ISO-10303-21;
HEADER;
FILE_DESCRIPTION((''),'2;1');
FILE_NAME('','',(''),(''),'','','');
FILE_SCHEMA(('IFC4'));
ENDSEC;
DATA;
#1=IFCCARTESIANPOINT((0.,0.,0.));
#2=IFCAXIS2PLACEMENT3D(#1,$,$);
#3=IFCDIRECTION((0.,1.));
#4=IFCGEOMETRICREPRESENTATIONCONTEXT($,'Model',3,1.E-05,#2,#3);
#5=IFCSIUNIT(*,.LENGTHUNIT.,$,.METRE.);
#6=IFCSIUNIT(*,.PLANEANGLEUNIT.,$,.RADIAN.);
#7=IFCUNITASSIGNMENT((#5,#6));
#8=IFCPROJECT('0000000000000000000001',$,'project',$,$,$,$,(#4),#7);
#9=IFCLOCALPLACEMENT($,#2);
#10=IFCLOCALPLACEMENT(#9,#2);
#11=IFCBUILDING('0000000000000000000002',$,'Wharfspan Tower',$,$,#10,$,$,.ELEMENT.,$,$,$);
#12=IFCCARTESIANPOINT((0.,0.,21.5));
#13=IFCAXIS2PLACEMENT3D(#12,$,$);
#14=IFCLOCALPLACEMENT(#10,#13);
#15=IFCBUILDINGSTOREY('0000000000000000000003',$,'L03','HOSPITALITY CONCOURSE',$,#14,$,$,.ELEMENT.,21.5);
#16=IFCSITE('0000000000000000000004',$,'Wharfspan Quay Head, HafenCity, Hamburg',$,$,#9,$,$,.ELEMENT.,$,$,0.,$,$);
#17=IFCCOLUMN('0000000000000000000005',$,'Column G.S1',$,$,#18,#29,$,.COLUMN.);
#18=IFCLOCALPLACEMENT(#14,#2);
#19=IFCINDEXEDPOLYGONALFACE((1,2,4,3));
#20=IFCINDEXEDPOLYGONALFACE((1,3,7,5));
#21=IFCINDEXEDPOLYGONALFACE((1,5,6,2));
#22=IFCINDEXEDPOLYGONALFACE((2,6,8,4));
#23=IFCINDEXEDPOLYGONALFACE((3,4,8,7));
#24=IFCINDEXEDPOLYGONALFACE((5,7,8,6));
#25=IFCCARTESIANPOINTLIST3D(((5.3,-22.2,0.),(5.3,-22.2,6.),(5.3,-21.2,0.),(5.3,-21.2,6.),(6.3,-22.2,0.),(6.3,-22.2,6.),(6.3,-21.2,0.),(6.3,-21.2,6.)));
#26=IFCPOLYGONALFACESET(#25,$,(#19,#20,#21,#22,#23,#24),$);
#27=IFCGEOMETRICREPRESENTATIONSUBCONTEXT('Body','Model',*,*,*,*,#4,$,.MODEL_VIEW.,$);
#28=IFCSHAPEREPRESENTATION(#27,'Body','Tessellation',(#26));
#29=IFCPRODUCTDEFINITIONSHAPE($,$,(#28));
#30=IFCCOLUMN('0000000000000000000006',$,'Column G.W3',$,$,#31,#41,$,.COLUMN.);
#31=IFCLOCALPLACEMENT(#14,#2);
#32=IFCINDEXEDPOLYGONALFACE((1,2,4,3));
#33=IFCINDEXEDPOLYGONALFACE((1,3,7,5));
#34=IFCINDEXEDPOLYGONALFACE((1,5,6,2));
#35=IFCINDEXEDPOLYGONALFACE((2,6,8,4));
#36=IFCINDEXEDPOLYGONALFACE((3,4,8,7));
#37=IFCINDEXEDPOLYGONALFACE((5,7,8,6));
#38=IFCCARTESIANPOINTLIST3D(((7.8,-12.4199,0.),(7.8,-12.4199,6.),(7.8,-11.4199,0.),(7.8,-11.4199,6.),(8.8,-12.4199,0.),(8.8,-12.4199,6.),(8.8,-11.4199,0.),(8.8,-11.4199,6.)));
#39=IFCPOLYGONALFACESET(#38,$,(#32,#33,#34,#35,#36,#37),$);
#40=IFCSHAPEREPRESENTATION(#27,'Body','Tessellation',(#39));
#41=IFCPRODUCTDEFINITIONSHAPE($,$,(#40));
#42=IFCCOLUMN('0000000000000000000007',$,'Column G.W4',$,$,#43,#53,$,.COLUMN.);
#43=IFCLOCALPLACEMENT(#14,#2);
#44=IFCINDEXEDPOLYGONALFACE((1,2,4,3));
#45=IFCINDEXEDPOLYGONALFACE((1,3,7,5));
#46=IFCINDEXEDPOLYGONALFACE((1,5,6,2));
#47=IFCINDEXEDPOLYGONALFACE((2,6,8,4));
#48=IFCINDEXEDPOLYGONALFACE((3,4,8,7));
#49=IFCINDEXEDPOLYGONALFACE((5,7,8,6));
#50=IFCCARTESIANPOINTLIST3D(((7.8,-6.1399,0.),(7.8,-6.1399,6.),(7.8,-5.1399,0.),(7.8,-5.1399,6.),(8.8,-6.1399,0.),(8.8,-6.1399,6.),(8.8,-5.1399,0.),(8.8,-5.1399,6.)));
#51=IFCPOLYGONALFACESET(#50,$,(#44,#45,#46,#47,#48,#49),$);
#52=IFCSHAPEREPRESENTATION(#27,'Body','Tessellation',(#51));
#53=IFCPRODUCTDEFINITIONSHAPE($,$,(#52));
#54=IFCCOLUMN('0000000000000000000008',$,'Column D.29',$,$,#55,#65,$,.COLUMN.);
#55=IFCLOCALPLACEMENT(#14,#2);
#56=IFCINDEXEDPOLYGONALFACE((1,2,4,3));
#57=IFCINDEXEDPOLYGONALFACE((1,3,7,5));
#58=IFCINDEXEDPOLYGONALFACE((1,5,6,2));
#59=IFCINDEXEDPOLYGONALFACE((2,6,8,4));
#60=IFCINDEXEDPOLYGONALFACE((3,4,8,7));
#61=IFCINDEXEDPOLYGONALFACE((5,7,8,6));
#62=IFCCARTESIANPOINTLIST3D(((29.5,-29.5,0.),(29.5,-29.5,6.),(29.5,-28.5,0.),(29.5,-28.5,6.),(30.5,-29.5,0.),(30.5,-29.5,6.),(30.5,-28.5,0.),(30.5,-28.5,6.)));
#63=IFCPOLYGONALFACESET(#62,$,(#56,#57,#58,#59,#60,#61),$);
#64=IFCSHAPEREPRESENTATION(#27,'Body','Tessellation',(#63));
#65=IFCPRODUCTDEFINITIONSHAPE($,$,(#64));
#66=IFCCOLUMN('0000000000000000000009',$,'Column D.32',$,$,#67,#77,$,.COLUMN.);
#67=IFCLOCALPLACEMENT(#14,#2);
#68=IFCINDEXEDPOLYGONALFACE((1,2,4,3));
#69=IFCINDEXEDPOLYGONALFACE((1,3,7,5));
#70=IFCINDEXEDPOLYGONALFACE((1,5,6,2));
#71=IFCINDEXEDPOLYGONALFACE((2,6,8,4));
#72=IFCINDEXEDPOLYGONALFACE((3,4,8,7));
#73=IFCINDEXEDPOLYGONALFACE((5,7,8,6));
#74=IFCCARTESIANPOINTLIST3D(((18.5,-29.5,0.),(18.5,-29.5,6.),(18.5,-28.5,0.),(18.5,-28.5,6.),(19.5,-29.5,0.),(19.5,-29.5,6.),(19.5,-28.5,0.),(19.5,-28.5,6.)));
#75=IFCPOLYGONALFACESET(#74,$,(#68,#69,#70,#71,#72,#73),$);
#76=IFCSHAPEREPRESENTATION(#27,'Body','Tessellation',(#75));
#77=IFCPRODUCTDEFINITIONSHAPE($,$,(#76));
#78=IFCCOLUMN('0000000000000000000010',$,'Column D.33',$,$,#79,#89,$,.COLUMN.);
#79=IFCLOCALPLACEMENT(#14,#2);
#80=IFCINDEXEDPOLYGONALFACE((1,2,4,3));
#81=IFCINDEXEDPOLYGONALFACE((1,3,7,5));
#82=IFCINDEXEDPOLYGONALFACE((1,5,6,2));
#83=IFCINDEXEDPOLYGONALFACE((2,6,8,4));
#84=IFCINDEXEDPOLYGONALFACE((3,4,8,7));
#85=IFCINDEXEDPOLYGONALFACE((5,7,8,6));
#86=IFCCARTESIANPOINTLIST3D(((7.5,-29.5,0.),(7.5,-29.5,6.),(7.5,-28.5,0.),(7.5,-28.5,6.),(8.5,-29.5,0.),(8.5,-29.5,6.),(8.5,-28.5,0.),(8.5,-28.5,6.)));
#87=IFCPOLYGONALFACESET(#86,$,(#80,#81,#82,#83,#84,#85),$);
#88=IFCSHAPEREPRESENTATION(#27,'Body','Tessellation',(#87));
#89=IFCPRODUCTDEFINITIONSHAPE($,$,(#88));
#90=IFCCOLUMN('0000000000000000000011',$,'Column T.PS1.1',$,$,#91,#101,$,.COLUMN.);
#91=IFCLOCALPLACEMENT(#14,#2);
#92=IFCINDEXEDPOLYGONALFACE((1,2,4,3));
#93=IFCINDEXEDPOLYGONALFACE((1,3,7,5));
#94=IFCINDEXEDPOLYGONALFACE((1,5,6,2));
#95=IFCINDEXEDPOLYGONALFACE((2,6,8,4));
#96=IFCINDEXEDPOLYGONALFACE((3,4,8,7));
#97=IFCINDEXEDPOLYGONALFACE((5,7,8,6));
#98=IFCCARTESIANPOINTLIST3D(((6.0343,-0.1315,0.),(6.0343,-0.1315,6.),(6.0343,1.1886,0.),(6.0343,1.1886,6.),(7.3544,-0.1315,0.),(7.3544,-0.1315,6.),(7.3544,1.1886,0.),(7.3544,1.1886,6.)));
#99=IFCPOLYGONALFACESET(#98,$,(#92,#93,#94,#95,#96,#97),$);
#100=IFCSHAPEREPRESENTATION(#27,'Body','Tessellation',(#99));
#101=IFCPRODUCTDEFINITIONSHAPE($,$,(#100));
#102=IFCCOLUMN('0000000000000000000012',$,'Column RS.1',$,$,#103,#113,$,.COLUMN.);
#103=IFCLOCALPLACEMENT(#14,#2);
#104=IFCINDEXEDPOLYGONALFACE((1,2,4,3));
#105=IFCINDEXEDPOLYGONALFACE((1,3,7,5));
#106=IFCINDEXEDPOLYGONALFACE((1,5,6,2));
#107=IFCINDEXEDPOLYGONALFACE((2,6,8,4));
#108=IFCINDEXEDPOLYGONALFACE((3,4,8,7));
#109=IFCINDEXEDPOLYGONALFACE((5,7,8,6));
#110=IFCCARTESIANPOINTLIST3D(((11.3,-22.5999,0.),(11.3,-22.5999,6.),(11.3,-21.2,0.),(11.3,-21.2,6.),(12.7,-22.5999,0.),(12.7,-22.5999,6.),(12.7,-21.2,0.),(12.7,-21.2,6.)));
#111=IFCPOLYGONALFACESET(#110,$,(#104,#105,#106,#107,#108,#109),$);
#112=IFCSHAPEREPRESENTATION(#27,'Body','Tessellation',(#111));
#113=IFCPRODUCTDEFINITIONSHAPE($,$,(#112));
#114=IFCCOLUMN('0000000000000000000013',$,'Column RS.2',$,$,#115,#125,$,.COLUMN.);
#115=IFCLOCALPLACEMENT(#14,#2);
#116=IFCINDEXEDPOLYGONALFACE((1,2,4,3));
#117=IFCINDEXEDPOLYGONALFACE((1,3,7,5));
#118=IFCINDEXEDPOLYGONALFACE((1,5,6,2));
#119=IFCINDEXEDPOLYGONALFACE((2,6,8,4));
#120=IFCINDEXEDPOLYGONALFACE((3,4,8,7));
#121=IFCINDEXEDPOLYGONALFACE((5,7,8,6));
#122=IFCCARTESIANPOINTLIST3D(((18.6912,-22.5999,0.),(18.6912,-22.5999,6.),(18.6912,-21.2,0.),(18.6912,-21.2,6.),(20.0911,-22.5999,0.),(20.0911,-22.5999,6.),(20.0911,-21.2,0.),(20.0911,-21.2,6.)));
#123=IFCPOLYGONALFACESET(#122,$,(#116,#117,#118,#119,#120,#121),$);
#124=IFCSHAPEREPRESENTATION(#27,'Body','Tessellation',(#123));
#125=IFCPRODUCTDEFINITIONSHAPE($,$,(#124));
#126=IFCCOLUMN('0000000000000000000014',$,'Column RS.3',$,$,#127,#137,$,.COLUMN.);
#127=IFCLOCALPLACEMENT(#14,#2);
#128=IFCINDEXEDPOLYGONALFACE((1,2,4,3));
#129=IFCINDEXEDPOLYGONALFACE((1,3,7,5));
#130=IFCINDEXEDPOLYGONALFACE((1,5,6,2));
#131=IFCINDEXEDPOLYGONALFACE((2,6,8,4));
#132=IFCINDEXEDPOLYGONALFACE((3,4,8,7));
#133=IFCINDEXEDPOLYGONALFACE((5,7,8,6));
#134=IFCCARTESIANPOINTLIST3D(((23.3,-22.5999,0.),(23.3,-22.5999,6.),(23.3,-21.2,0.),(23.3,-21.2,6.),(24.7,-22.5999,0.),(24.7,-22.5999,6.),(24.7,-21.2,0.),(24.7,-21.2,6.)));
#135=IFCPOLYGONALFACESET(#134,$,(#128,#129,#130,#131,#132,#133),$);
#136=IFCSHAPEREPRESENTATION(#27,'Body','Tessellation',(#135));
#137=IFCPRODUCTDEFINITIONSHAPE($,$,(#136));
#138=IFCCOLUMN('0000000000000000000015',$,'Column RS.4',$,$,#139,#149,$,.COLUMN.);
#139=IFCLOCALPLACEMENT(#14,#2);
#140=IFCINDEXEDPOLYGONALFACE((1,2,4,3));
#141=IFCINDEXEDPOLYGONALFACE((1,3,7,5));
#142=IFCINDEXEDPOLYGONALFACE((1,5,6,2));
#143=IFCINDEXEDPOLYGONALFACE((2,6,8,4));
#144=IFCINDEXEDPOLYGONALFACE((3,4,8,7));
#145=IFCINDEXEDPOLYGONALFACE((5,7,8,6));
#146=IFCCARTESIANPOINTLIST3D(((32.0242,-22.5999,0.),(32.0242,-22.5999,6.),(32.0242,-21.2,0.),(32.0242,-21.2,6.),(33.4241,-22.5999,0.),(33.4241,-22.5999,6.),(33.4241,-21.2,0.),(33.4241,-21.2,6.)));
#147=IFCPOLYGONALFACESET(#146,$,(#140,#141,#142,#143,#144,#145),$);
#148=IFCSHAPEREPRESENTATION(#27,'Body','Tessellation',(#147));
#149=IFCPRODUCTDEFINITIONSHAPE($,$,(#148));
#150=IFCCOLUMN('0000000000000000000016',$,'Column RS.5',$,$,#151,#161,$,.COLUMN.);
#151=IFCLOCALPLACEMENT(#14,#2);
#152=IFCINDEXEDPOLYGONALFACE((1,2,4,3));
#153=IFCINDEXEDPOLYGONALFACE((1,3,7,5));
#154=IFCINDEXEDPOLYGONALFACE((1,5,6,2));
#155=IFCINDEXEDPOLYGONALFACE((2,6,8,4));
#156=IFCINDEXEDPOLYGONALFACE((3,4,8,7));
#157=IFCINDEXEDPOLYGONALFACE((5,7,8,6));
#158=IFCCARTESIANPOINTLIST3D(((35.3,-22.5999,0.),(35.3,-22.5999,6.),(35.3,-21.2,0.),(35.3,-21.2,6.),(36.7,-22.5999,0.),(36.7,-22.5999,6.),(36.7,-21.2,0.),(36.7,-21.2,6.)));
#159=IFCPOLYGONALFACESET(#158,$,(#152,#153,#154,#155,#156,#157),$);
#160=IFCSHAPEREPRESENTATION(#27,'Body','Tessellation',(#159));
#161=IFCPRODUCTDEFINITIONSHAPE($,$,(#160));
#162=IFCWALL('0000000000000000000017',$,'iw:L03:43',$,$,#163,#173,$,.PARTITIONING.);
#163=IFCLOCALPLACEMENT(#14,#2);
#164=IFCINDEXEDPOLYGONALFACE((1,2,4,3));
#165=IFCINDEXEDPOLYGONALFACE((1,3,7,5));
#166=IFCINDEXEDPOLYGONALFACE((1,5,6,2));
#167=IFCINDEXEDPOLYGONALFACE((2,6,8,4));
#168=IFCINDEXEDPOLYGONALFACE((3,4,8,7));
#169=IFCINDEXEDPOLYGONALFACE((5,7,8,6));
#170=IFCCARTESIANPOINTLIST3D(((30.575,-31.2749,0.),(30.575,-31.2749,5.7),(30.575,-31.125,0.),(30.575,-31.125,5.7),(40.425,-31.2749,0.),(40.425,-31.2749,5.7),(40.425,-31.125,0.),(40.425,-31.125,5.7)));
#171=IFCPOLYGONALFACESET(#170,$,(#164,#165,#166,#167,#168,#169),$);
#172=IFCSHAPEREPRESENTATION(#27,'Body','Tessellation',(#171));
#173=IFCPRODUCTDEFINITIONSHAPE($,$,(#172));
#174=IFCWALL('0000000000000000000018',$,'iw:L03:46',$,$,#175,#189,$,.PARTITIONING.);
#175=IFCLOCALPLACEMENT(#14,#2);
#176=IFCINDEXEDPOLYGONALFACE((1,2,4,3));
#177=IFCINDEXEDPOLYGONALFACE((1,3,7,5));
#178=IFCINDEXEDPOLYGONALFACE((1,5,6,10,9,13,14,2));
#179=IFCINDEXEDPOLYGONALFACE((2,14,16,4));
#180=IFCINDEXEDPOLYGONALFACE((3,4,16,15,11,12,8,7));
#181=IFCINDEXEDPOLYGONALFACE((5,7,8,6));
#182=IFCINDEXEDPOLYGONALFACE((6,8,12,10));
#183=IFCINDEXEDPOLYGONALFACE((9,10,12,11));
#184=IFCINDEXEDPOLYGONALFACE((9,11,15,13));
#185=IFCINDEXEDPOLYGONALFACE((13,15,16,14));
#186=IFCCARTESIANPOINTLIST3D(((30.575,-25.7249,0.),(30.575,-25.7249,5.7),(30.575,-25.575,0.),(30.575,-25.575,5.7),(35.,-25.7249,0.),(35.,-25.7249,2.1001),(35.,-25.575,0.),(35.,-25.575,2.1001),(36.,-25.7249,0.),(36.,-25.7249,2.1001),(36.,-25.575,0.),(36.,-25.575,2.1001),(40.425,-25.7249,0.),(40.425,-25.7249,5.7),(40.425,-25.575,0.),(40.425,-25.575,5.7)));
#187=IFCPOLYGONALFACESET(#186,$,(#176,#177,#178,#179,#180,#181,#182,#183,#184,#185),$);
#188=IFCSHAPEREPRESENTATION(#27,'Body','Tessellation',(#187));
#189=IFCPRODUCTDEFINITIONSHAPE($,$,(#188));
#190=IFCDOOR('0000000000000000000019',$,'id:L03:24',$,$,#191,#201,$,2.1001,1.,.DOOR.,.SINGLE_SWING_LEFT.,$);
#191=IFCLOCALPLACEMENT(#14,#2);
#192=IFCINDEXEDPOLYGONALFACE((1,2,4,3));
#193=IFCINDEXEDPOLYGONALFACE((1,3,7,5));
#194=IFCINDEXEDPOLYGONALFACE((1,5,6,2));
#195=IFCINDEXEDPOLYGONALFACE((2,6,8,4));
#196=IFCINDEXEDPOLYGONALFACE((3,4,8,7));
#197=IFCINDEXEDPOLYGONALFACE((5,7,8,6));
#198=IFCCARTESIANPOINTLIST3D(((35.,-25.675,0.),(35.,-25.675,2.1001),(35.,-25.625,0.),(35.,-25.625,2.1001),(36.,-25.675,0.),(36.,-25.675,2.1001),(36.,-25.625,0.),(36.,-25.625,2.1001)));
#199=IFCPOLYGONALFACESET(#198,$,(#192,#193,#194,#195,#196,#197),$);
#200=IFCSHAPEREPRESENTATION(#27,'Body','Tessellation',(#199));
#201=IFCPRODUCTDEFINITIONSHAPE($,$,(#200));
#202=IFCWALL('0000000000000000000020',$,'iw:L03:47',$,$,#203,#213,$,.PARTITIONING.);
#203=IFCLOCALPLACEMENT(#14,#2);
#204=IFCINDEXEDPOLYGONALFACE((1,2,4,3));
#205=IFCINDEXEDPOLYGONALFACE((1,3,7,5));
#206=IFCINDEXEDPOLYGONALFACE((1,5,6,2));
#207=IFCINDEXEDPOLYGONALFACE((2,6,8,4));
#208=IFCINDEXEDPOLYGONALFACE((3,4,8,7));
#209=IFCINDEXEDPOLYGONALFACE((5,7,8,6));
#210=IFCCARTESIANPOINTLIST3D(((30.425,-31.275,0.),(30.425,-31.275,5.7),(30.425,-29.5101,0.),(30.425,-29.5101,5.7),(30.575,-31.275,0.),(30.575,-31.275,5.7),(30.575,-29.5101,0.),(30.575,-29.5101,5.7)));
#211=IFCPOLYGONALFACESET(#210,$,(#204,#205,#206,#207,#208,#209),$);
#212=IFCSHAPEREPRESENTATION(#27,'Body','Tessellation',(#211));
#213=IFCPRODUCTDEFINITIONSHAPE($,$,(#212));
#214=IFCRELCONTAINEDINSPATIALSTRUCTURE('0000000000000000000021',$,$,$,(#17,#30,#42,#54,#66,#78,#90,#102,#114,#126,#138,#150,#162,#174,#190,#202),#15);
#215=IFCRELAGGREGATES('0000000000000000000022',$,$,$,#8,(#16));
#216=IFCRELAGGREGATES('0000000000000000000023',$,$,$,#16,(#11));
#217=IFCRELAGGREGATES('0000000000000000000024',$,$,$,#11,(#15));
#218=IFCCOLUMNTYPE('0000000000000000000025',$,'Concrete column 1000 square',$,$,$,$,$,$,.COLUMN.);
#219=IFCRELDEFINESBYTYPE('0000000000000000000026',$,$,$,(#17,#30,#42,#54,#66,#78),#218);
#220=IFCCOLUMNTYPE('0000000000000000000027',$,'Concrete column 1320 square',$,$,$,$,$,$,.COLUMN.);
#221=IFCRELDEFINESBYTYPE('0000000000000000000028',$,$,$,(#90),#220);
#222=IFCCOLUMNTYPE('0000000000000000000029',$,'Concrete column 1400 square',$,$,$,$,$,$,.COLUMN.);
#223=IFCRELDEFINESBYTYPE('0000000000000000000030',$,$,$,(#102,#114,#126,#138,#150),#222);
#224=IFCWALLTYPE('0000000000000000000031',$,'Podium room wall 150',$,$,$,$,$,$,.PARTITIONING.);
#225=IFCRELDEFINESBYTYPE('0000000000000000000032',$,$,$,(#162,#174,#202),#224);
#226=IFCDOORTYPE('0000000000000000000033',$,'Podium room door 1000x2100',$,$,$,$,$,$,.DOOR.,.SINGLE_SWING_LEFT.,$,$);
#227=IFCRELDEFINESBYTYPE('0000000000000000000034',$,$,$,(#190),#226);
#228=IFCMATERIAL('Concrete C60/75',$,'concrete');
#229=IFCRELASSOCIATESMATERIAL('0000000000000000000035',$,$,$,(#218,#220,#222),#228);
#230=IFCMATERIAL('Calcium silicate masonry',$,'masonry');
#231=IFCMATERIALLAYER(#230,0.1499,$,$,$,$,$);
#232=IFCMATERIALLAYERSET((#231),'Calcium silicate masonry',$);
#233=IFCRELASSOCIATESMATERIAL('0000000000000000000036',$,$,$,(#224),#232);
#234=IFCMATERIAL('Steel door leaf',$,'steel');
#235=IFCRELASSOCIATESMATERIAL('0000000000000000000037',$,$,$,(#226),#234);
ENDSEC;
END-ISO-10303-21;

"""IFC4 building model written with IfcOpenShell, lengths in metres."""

from ifc_helpers import new_model, si_unit, direction, frame, frame_2d, origin, origin_2d, place, context, subcontext, project, spatial, rectangle, extrude, material, layer, layer_set, material_profile, profile_set, type_object, element, fill, save


model = new_model("IFC4")

# Units and contexts
model_context = context("Model", 3, precision=1e-05, world=origin(), true_north=direction((0.0, 1.0)))
body_context = subcontext(model_context, "Body", "Model", "MODEL_VIEW")
ifc_project = project(units=[si_unit("LENGTHUNIT", "METRE"), si_unit("PLANEANGLEUNIT", "RADIAN")], contexts=[model_context])

# Site, building, storey
site_placement = place(None, origin())
site = spatial("IfcSite", under=ifc_project, at=site_placement, Name="Wharfspan Quay Head, HafenCity, Hamburg", CompositionType="ELEMENT", RefElevation=0.0)
building_placement = place(site_placement, origin())
building = spatial("IfcBuilding", under=site, at=building_placement, Name="Wharfspan Tower", CompositionType="ELEMENT")
storey_placement = place(building_placement, frame((0.0, 0.0, 21.5)))
storey = spatial("IfcBuildingStorey", under=building, at=storey_placement, Name="L03", Description="HOSPITALITY CONCOURSE", CompositionType="ELEMENT", Elevation=21.5)

# Columns
ifc_material_1 = material(Name="Concrete C60/75", Category="concrete")
ifc_material_profile_1 = material_profile(ifc_material_1, rectangle(XDim=1.0, YDim=1.0, at=origin_2d()))
ifc_profile_set_1 = profile_set([ifc_material_profile_1], Name="Concrete C60/75")
column_type_1 = type_object("IfcColumnType", Name="Concrete column 1000 square", PredefinedType="COLUMN", material=ifc_profile_set_1)
for number, where, z_axis, x_axis, name in (
    (1, (5.8, -21.7, 0.0), (0.0, 0.0, 1.0), (1.0, 0.0, 0.0), "Column G.S1"),
    (2, (8.3, -11.9199, 0.0), (0.0, 0.0, 1.0), (1.0, 0.0, 0.0), "Column G.W3"),
    (3, (8.3, -5.6399, 0.0), (0.0, 0.0, 1.0), (1.0, 0.0, 0.0), "Column G.W4"),
    (4, (30.0, -29.0, 0.0), (0.0, 0.0, 1.0), (1.0, 0.0, 0.0), "Column D.29"),
    (5, (19.0, -29.0, 0.0), (0.0, 0.0, 1.0), (1.0, 0.0, 0.0), "Column D.32"),
    (6, (8.0, -29.0, 0.0), (0.0, 0.0, 1.0), (1.0, 0.0, 0.0), "Column D.33"),
):
    element("IfcColumn", number, at=place(storey_placement, frame(where, z_axis=z_axis, x_axis=x_axis)), inside=storey, type_object=column_type_1, Name=name, PredefinedType="COLUMN", context=body_context, shape_type="SweptSolid", body=[
        extrude(rectangle(XDim=1.0, YDim=1.0, at=origin_2d()), origin(), (0.0, 0.0, 1.0), 6.0),
    ])
ifc_material_profile_2 = material_profile(ifc_material_1, rectangle(XDim=1.3201, YDim=1.3201, at=origin_2d()))
ifc_profile_set_2 = profile_set([ifc_material_profile_2], Name="Concrete C60/75")
column_type_2 = type_object("IfcColumnType", Name="Concrete column 1320 square", PredefinedType="COLUMN", material=ifc_profile_set_2)
column_placement = place(storey_placement, frame((6.6943, 0.5286, 0.0), z_axis=(0.0, 0.0, 1.0), x_axis=(1.0, 0.0, 0.0)))
element("IfcColumn", 7, at=column_placement, inside=storey, type_object=column_type_2, Name="Column T.PS1.1", PredefinedType="COLUMN", context=body_context, shape_type="SweptSolid", body=[
    extrude(rectangle(XDim=1.3201, YDim=1.3201, at=origin_2d()), origin(), (0.0, 0.0, 1.0), 6.0),
])
ifc_material_profile_3 = material_profile(ifc_material_1, rectangle(XDim=1.3999, YDim=1.3999, at=origin_2d()))
ifc_profile_set_3 = profile_set([ifc_material_profile_3], Name="Concrete C60/75")
column_type_3 = type_object("IfcColumnType", Name="Concrete column 1400 square", PredefinedType="COLUMN", material=ifc_profile_set_3)
for number, where, z_axis, x_axis, name in (
    (8, (12.0, -21.8999, 0.0), (0.0, 0.0, 1.0), (1.0, 0.0, 0.0), "Column RS.1"),
    (9, (19.3911, -21.8999, 0.0), (0.0, 0.0, 1.0), (1.0, 0.0, 0.0), "Column RS.2"),
    (10, (24.0, -21.8999, 0.0), (0.0, 0.0, 1.0), (1.0, 0.0, 0.0), "Column RS.3"),
    (11, (32.7241, -21.8999, 0.0), (0.0, 0.0, 1.0), (1.0, 0.0, 0.0), "Column RS.4"),
    (12, (36.0, -21.8999, 0.0), (0.0, 0.0, 1.0), (1.0, 0.0, 0.0), "Column RS.5"),
):
    element("IfcColumn", number, at=place(storey_placement, frame(where, z_axis=z_axis, x_axis=x_axis)), inside=storey, type_object=column_type_3, Name=name, PredefinedType="COLUMN", context=body_context, shape_type="SweptSolid", body=[
        extrude(rectangle(XDim=1.3999, YDim=1.3999, at=origin_2d()), origin(), (0.0, 0.0, 1.0), 6.0),
    ])

# Wall
ifc_material_2 = material(Name="Calcium silicate masonry", Category="masonry")
ifc_layer_1 = layer(ifc_material_2, 0.1499)
ifc_layer_set_1 = layer_set([ifc_layer_1], Name="Calcium silicate masonry")
wall_type_1 = type_object("IfcWallType", Name="Podium room wall 150", PredefinedType="PARTITIONING", material=ifc_layer_set_1)
wall_1_placement = place(storey_placement, frame((30.575, -31.2, 0.0), z_axis=(0.0, 0.0, 1.0), x_axis=(1.0, 0.0, 0.0)))
element("IfcWall", 13, at=wall_1_placement, inside=storey, type_object=wall_type_1, Name="iw:L03:43", PredefinedType="PARTITIONING", context=body_context, shape_type="SweptSolid", body=[
    extrude(rectangle(XDim=9.8501, YDim=0.1499, at=frame_2d((4.925, 0.0))), origin(), (0.0, 0.0, 1.0), 5.7),
])

# Wall, opening, door
wall_2_placement = place(storey_placement, frame((30.575, -25.6499, 0.0), z_axis=(0.0, 0.0, 1.0), x_axis=(1.0, 0.0, 0.0)))
wall_2 = element("IfcWall", 14, at=wall_2_placement, inside=storey, type_object=wall_type_1, Name="iw:L03:46", PredefinedType="PARTITIONING", context=body_context, shape_type="SweptSolid", body=[
    extrude(rectangle(XDim=9.8501, YDim=0.1499, at=frame_2d((4.925, 0.0))), origin(), (0.0, 0.0, 1.0), 5.7),
])
opening_1_placement = place(wall_2_placement, frame((4.425, 0.0, 0.0)))
opening_1 = element("IfcOpeningElement", 15, at=opening_1_placement, cuts=wall_2, PredefinedType="OPENING", context=body_context, shape_type="SweptSolid", body=[
    extrude(rectangle(XDim=1.0, YDim=2.1001, at=frame_2d((0.5, 1.05))), frame((0.0, 0.085, 0.0), z_axis=(0.0, -1.0, 0.0), x_axis=(1.0, 0.0, 0.0)), (0.0, 0.0, 1.0), 0.1699),
])
ifc_material_3 = material(Name="Steel door leaf", Category="steel")
door_type_1 = type_object("IfcDoorType", Name="Podium room door 1000x2100", OperationType="SINGLE_SWING_LEFT", PredefinedType="DOOR", material=ifc_material_3)
door_1_placement = place(opening_1_placement, origin())
door_1 = element("IfcDoor", 16, at=door_1_placement, inside=storey, type_object=door_type_1, Name="id:L03:24", OperationType="SINGLE_SWING_LEFT", OverallHeight=2.1001, OverallWidth=1.0, PredefinedType="DOOR", context=body_context, shape_type="SweptSolid", body=[
    extrude(rectangle(XDim=1.0, YDim=2.1001, at=frame_2d((0.5, 1.05))), frame((0.0, 0.0249, 0.0), z_axis=(0.0, -1.0, 0.0), x_axis=(1.0, 0.0, 0.0)), (0.0, 0.0, 1.0), 0.05),
])
fill(opening_1, door_1)

# Wall
wall_3_placement = place(storey_placement, frame((30.5, -31.2749, 0.0), z_axis=(0.0, 0.0, 1.0), x_axis=(0.0, 1.0, 0.0)))
element("IfcWall", 17, at=wall_3_placement, inside=storey, type_object=wall_type_1, Name="iw:L03:47", PredefinedType="PARTITIONING", context=body_context, shape_type="SweptSolid", body=[
    extrude(rectangle(XDim=1.7649, YDim=0.1499, at=frame_2d((0.8823, 0.0))), origin(), (0.0, 0.0, 1.0), 5.7),
])

save(model, "model.ifc")
